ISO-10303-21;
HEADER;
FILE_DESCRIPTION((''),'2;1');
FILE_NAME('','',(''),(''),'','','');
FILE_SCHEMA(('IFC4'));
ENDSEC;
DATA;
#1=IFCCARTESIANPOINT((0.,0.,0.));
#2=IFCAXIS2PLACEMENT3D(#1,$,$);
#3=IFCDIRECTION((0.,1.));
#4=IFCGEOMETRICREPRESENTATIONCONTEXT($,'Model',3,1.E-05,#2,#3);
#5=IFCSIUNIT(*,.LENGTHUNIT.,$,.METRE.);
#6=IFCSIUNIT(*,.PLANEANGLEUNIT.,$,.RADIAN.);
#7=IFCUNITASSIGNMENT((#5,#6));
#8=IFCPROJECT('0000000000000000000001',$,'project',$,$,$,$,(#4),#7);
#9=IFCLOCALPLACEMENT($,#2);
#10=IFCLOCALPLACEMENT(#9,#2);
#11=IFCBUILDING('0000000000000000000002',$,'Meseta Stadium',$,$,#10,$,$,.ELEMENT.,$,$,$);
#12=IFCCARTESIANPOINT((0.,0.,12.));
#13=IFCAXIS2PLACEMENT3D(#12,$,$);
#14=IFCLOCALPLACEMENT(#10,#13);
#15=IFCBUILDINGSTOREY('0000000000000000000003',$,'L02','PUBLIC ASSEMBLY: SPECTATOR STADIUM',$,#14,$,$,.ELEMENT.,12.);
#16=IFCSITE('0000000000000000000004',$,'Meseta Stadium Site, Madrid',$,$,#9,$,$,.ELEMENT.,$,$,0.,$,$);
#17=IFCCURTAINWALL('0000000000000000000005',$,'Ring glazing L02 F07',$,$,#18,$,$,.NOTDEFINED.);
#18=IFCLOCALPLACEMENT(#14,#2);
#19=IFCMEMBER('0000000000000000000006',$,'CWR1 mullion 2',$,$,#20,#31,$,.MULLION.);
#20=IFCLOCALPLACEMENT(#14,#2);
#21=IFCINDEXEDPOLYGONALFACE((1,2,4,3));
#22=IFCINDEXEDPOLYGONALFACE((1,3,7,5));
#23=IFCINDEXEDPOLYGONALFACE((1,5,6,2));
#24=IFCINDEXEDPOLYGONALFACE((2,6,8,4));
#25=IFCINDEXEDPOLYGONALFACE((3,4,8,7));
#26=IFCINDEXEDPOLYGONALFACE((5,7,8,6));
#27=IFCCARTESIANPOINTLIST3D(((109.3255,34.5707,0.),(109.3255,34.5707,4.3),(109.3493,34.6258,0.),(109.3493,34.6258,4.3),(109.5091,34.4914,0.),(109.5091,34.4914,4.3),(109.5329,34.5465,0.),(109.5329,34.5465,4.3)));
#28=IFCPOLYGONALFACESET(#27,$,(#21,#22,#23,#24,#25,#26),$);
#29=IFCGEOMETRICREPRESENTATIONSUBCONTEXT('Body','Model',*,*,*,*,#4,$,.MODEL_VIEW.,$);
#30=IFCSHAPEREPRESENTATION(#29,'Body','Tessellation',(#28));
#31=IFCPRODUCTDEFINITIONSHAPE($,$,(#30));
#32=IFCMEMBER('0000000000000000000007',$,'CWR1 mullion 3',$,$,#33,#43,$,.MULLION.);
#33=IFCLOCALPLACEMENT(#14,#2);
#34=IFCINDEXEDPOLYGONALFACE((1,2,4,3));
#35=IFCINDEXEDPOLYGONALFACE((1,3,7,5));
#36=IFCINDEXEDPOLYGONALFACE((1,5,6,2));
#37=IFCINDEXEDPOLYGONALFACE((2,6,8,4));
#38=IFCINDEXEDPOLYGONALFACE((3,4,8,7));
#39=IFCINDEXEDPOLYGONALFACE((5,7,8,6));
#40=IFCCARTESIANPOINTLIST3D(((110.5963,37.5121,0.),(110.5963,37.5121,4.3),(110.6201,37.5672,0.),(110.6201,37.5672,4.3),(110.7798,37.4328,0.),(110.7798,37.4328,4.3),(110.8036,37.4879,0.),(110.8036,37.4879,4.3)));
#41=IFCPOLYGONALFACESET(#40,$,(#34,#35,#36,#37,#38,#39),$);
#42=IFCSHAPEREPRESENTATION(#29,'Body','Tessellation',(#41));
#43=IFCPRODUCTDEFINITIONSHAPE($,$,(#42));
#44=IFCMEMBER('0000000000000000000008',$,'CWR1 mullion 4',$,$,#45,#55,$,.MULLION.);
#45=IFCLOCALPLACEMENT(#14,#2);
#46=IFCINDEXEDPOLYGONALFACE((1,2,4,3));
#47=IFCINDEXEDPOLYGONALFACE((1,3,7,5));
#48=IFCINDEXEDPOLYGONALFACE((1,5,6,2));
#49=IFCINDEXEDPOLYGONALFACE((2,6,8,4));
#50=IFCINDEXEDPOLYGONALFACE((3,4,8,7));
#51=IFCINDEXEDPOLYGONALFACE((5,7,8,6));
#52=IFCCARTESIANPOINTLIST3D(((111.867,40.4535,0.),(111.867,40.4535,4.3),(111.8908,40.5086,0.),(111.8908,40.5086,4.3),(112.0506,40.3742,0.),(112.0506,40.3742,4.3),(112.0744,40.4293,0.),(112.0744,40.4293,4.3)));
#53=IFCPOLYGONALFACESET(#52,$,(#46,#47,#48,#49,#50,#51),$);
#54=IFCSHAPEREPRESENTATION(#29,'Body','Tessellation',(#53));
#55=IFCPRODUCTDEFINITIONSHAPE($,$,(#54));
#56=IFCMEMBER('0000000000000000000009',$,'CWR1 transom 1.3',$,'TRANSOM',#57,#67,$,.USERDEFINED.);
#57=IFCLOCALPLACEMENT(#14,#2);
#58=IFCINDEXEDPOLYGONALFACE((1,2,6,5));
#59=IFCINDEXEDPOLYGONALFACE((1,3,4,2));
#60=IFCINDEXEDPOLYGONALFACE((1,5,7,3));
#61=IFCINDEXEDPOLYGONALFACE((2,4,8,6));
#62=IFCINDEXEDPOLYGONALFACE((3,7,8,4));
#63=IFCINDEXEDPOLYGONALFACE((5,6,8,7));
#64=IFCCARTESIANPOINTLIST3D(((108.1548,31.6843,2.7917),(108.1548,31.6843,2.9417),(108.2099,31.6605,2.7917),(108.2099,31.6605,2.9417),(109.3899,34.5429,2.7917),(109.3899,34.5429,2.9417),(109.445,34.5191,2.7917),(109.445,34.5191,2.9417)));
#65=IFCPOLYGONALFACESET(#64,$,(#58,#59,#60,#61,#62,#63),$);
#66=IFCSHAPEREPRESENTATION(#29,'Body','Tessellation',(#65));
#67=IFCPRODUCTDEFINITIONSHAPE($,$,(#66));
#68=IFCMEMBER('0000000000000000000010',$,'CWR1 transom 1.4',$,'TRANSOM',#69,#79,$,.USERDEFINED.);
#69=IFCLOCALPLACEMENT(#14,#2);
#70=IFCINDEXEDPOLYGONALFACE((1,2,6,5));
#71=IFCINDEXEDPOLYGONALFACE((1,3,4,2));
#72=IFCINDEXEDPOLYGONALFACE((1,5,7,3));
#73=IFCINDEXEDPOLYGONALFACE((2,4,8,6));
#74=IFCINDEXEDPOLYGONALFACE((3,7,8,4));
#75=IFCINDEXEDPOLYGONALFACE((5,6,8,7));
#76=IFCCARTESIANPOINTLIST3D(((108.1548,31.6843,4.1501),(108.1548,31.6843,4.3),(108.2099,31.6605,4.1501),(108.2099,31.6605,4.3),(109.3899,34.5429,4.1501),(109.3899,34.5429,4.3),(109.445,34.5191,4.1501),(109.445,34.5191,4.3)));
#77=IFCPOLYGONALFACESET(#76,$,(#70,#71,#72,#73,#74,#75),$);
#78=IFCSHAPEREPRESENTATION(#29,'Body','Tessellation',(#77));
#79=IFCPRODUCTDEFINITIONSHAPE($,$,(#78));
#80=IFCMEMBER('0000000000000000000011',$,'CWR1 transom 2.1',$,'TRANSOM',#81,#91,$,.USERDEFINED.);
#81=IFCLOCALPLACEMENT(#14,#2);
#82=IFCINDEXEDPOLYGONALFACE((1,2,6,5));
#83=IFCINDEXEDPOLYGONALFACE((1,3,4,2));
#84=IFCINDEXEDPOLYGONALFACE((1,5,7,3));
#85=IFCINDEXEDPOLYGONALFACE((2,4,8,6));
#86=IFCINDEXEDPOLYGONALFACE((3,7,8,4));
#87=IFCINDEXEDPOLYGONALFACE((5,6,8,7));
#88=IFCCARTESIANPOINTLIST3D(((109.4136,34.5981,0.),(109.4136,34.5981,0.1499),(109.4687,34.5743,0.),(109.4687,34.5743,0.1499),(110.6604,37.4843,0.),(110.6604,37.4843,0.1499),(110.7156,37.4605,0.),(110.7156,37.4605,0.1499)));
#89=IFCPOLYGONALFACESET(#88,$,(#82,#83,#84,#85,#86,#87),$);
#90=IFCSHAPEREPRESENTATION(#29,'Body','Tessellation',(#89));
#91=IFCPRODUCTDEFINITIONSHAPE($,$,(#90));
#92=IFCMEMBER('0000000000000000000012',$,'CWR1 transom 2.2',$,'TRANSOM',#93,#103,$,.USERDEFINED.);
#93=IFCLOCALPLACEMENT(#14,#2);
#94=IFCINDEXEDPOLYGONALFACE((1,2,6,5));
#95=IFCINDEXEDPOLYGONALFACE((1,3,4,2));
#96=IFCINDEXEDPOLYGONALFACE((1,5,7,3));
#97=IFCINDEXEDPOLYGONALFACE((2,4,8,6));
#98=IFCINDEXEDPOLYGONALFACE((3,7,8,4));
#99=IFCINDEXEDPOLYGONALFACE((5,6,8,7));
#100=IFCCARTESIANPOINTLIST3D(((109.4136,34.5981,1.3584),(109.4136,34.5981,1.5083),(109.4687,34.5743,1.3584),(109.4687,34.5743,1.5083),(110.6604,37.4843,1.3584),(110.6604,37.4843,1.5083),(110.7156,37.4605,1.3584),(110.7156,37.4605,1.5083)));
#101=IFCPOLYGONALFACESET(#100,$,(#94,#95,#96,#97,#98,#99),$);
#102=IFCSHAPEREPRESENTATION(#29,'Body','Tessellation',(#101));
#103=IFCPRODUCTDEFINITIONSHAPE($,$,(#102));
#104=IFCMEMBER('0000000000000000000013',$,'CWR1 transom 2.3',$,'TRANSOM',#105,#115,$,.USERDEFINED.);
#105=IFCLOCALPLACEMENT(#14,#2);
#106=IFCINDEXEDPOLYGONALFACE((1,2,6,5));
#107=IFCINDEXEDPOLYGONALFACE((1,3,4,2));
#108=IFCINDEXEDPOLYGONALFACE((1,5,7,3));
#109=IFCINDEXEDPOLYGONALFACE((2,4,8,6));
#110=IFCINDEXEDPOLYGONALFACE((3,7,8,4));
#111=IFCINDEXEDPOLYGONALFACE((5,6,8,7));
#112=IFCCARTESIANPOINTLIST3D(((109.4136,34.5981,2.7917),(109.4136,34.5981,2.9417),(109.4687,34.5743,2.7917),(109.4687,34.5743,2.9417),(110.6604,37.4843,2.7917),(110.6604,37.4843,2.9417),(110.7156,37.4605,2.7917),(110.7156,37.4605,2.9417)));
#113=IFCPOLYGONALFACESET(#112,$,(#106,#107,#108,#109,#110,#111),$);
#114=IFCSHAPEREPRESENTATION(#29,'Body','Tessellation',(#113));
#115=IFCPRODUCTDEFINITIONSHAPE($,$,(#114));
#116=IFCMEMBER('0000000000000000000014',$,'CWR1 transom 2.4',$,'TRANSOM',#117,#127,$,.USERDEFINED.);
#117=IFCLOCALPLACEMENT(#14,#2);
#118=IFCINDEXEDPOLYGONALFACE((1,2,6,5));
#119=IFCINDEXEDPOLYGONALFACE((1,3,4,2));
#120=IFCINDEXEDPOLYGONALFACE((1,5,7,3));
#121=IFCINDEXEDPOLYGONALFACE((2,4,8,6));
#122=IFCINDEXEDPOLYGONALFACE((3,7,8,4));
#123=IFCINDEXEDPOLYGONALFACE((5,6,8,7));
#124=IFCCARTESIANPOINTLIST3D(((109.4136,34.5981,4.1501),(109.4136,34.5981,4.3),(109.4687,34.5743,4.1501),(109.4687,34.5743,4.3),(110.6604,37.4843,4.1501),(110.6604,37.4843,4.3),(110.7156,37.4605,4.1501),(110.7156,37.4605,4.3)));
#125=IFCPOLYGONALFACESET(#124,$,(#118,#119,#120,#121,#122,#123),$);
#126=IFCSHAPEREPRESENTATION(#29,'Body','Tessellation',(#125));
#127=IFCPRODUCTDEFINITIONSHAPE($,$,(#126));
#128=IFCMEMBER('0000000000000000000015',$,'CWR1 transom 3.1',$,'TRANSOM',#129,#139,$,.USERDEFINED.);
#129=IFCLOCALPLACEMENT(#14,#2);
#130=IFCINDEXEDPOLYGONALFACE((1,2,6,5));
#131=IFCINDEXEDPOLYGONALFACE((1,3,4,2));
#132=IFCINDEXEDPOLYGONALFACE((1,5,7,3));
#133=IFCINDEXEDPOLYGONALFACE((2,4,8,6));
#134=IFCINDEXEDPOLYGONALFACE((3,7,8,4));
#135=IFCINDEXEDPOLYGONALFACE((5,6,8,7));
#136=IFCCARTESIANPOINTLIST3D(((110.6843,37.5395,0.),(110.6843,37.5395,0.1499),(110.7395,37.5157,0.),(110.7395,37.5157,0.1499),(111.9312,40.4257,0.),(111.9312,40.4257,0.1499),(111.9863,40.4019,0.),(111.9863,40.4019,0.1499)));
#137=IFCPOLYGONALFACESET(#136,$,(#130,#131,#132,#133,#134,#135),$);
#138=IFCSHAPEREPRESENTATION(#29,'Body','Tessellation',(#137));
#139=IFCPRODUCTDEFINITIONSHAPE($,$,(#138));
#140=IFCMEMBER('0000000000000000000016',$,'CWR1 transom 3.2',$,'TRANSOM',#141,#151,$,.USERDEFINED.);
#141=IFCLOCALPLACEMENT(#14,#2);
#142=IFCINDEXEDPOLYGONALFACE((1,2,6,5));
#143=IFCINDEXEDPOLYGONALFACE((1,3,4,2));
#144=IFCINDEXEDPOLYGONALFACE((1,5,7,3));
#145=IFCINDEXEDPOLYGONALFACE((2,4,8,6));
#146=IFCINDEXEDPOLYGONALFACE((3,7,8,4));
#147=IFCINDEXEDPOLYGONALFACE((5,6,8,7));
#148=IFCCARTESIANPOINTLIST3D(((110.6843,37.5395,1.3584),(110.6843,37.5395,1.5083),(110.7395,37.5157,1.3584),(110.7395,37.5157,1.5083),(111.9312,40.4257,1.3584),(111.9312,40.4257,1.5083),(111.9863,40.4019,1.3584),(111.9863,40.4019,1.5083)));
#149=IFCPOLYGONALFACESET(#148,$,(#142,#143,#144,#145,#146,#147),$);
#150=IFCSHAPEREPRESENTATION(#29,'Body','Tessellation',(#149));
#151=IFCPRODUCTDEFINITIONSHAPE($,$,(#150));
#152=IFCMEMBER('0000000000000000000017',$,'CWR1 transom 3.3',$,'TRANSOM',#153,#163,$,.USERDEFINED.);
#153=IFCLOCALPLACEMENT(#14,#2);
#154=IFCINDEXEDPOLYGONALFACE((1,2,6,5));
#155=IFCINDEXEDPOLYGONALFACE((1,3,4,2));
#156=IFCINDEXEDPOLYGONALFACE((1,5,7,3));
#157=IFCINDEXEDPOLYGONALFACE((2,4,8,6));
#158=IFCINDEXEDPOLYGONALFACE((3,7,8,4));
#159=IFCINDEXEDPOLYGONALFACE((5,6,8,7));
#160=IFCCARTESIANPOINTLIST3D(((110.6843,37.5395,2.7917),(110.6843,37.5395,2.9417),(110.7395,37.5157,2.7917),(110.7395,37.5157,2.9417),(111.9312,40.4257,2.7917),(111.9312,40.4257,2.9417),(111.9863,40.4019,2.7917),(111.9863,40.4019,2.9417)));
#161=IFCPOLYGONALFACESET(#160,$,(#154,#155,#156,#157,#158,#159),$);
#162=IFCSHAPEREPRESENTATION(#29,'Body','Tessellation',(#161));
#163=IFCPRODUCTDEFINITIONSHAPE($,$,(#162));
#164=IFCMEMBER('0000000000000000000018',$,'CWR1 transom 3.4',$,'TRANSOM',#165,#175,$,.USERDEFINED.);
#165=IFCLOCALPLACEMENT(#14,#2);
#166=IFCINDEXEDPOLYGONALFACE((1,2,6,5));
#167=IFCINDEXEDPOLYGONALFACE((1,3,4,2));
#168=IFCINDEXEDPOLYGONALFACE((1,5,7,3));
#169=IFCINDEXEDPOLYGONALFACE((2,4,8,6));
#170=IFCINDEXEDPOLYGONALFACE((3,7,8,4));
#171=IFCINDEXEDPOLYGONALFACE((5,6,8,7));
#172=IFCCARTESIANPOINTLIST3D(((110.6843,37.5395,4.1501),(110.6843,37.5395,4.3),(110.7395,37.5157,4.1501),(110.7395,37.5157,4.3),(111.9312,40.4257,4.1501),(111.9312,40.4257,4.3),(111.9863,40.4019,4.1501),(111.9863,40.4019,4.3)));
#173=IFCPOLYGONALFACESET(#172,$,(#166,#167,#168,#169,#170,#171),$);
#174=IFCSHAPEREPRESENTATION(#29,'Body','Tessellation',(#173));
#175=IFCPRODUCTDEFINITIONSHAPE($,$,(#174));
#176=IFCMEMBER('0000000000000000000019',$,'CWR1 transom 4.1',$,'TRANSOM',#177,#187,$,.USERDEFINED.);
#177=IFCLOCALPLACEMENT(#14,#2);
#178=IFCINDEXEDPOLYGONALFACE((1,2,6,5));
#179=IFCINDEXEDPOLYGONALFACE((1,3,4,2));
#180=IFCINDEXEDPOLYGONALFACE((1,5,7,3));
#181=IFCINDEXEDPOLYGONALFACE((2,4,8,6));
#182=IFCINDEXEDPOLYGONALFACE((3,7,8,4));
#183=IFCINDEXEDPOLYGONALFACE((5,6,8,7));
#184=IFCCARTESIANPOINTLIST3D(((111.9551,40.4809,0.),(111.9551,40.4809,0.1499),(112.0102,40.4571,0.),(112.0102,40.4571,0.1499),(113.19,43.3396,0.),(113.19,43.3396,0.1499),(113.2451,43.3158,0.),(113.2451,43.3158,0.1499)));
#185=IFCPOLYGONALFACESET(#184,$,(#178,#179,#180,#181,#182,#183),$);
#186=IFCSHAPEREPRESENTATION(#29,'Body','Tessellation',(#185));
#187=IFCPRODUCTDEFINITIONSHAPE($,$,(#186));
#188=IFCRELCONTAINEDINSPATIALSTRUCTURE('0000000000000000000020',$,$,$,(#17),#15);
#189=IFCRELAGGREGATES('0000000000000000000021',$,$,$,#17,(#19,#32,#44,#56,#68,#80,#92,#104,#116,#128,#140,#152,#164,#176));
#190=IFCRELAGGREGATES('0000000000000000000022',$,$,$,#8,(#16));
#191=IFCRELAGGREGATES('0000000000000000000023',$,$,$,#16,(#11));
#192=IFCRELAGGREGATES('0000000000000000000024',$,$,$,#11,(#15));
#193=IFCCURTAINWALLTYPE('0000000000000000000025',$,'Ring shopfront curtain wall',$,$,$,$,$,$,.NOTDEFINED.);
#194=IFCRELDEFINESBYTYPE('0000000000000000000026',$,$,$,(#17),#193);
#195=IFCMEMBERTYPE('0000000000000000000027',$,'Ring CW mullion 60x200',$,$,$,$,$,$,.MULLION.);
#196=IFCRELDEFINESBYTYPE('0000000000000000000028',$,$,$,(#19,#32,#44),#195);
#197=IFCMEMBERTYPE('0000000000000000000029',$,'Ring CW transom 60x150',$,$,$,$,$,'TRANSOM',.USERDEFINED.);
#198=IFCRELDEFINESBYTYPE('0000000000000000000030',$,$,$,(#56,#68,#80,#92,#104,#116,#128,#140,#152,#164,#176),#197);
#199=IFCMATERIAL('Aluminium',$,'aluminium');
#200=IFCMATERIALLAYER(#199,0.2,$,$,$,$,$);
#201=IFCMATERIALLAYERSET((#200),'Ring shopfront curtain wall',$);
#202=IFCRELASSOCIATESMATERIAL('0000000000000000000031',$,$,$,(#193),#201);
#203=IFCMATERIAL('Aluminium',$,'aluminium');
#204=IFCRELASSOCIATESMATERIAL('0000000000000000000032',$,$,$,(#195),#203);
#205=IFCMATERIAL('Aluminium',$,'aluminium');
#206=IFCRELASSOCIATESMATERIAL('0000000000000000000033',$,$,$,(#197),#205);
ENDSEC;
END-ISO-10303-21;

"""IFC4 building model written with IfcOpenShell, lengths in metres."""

from ifc_helpers import new_model, si_unit, direction, frame, origin, origin_2d, place, context, subcontext, project, spatial, rectangle, extrude, material, layer, layer_set, material_profile, profile_set, type_object, element, aggregate, save


model = new_model("IFC4")

# Units and contexts
model_context = context("Model", 3, precision=1e-05, world=origin(), true_north=direction((0.0, 1.0)))
body_context = subcontext(model_context, "Body", "Model", "MODEL_VIEW")
ifc_project = project(units=[si_unit("LENGTHUNIT", "METRE"), si_unit("PLANEANGLEUNIT", "RADIAN")], contexts=[model_context])

# Site, building, storey
site_placement = place(None, origin())
site = spatial("IfcSite", under=ifc_project, at=site_placement, Name="Meseta Stadium Site, Madrid", CompositionType="ELEMENT", RefElevation=0.0)
building_placement = place(site_placement, origin())
building = spatial("IfcBuilding", under=site, at=building_placement, Name="Meseta Stadium", CompositionType="ELEMENT")
storey_placement = place(building_placement, frame((0.0, 0.0, 12.0)))
storey = spatial("IfcBuildingStorey", under=building, at=storey_placement, Name="L02", Description="PUBLIC ASSEMBLY: SPECTATOR STADIUM", CompositionType="ELEMENT", Elevation=12.0)

# Curtain wall, members
ifc_material_1 = material(Name="Aluminium", Category="aluminium")
ifc_layer_1 = layer(ifc_material_1, 0.2)
ifc_layer_set_1 = layer_set([ifc_layer_1], Name="Ring shopfront curtain wall")
curtain_wall_type = type_object("IfcCurtainWallType", Name="Ring shopfront curtain wall", PredefinedType="NOTDEFINED", material=ifc_layer_set_1)
curtain_wall_placement = place(storey_placement, origin())
curtain_wall = element("IfcCurtainWall", 1, at=curtain_wall_placement, inside=storey, type_object=curtain_wall_type, Name="Ring glazing L02 F07", PredefinedType="NOTDEFINED")
ifc_material_2 = material(Name="Aluminium", Category="aluminium")
ifc_material_profile_1 = material_profile(ifc_material_2, rectangle(XDim=0.2, YDim=0.0601, at=origin_2d()), Name="CW 200x60")
ifc_profile_set_1 = profile_set([ifc_material_profile_1], Name="Aluminium")
member_type_1 = type_object("IfcMemberType", Name="Ring CW mullion 60x200", PredefinedType="MULLION", material=ifc_profile_set_1)
member_1_placement = place(storey_placement, frame((109.4292, 34.5586, 0.0), z_axis=(0.0, 0.0, 1.0), x_axis=(-0.918, 0.396581, 0.0)))
member_1 = element("IfcMember", 2, at=member_1_placement, type_object=member_type_1, Name="CWR1 mullion 2", PredefinedType="MULLION", context=body_context, shape_type="SweptSolid", body=[
    extrude(rectangle(XDim=0.2, YDim=0.0601, at=origin_2d()), origin(), (0.0, 0.0, 1.0), 4.3),
])
member_2_placement = place(storey_placement, frame((110.7, 37.5, 0.0), z_axis=(0.0, 0.0, 1.0), x_axis=(-0.918, 0.396581, 0.0)))
member_2 = element("IfcMember", 3, at=member_2_placement, type_object=member_type_1, Name="CWR1 mullion 3", PredefinedType="MULLION", context=body_context, shape_type="SweptSolid", body=[
    extrude(rectangle(XDim=0.2, YDim=0.0601, at=origin_2d()), origin(), (0.0, 0.0, 1.0), 4.3),
])
member_3_placement = place(storey_placement, frame((111.9707, 40.4414, 0.0), z_axis=(0.0, 0.0, 1.0), x_axis=(-0.918, 0.396581, 0.0)))
member_3 = element("IfcMember", 4, at=member_3_placement, type_object=member_type_1, Name="CWR1 mullion 4", PredefinedType="MULLION", context=body_context, shape_type="SweptSolid", body=[
    extrude(rectangle(XDim=0.2, YDim=0.0601, at=origin_2d()), origin(), (0.0, 0.0, 1.0), 4.3),
])
ifc_material_3 = material(Name="Aluminium", Category="aluminium")
ifc_material_profile_2 = material_profile(ifc_material_3, rectangle(XDim=0.0601, YDim=0.1499, at=origin_2d()), Name="CW 60x150")
ifc_profile_set_2 = profile_set([ifc_material_profile_2], Name="Aluminium")
member_type_2 = type_object("IfcMemberType", Name="Ring CW transom 60x150", ElementType="TRANSOM", PredefinedType="USERDEFINED", material=ifc_profile_set_2)
member_4_placement = place(storey_placement, frame((108.1824, 31.6724, 2.8667), z_axis=(0.396624, 0.917981, 0.0), x_axis=(-0.917981, 0.396624, 0.0)))
member_4 = element("IfcMember", 5, at=member_4_placement, type_object=member_type_2, Name="CWR1 transom 1.3", ObjectType="TRANSOM", PredefinedType="USERDEFINED", context=body_context, shape_type="SweptSolid", body=[
    extrude(rectangle(XDim=0.0601, YDim=0.1499, at=origin_2d()), origin(), (0.0, 0.0, 1.0), 3.114),
])
member_5_placement = place(storey_placement, frame((108.1824, 31.6724, 4.2251), z_axis=(0.396624, 0.917981, 0.0), x_axis=(-0.917981, 0.396624, 0.0)))
member_5 = element("IfcMember", 6, at=member_5_placement, type_object=member_type_2, Name="CWR1 transom 1.4", ObjectType="TRANSOM", PredefinedType="USERDEFINED", context=body_context, shape_type="SweptSolid", body=[
    extrude(rectangle(XDim=0.0601, YDim=0.1499, at=origin_2d()), origin(), (0.0, 0.0, 1.0), 3.114),
])
member_6_placement = place(storey_placement, frame((109.4412, 34.5862, 0.075), z_axis=(0.39657, 0.918005, 0.0), x_axis=(-0.918005, 0.39657, 0.0)))
member_6 = element("IfcMember", 7, at=member_6_placement, type_object=member_type_2, Name="CWR1 transom 2.1", ObjectType="TRANSOM", PredefinedType="USERDEFINED", context=body_context, shape_type="SweptSolid", body=[
    extrude(rectangle(XDim=0.0601, YDim=0.1499, at=origin_2d()), origin(), (0.0, 0.0, 1.0), 3.144),
])
member_7_placement = place(storey_placement, frame((109.4412, 34.5862, 1.4333), z_axis=(0.39657, 0.918005, 0.0), x_axis=(-0.918005, 0.39657, 0.0)))
member_7 = element("IfcMember", 8, at=member_7_placement, type_object=member_type_2, Name="CWR1 transom 2.2", ObjectType="TRANSOM", PredefinedType="USERDEFINED", context=body_context, shape_type="SweptSolid", body=[
    extrude(rectangle(XDim=0.0601, YDim=0.1499, at=origin_2d()), origin(), (0.0, 0.0, 1.0), 3.144),
])
member_8_placement = place(storey_placement, frame((109.4412, 34.5862, 2.8667), z_axis=(0.39657, 0.918005, 0.0), x_axis=(-0.918005, 0.39657, 0.0)))
member_8 = element("IfcMember", 9, at=member_8_placement, type_object=member_type_2, Name="CWR1 transom 2.3", ObjectType="TRANSOM", PredefinedType="USERDEFINED", context=body_context, shape_type="SweptSolid", body=[
    extrude(rectangle(XDim=0.0601, YDim=0.1499, at=origin_2d()), origin(), (0.0, 0.0, 1.0), 3.144),
])
member_9_placement = place(storey_placement, frame((109.4412, 34.5862, 4.2251), z_axis=(0.39657, 0.918005, 0.0), x_axis=(-0.918005, 0.39657, 0.0)))
member_9 = element("IfcMember", 10, at=member_9_placement, type_object=member_type_2, Name="CWR1 transom 2.4", ObjectType="TRANSOM", PredefinedType="USERDEFINED", context=body_context, shape_type="SweptSolid", body=[
    extrude(rectangle(XDim=0.0601, YDim=0.1499, at=origin_2d()), origin(), (0.0, 0.0, 1.0), 3.144),
])
member_10_placement = place(storey_placement, frame((110.7119, 37.5276, 0.075), z_axis=(0.39657, 0.918005, 0.0), x_axis=(-0.918005, 0.39657, 0.0)))
member_10 = element("IfcMember", 11, at=member_10_placement, type_object=member_type_2, Name="CWR1 transom 3.1", ObjectType="TRANSOM", PredefinedType="USERDEFINED", context=body_context, shape_type="SweptSolid", body=[
    extrude(rectangle(XDim=0.0601, YDim=0.1499, at=origin_2d()), origin(), (0.0, 0.0, 1.0), 3.144),
])
member_11_placement = place(storey_placement, frame((110.7119, 37.5276, 1.4333), z_axis=(0.39657, 0.918005, 0.0), x_axis=(-0.918005, 0.39657, 0.0)))
member_11 = element("IfcMember", 12, at=member_11_placement, type_object=member_type_2, Name="CWR1 transom 3.2", ObjectType="TRANSOM", PredefinedType="USERDEFINED", context=body_context, shape_type="SweptSolid", body=[
    extrude(rectangle(XDim=0.0601, YDim=0.1499, at=origin_2d()), origin(), (0.0, 0.0, 1.0), 3.144),
])
member_12_placement = place(storey_placement, frame((110.7119, 37.5276, 2.8667), z_axis=(0.39657, 0.918005, 0.0), x_axis=(-0.918005, 0.39657, 0.0)))
member_12 = element("IfcMember", 13, at=member_12_placement, type_object=member_type_2, Name="CWR1 transom 3.3", ObjectType="TRANSOM", PredefinedType="USERDEFINED", context=body_context, shape_type="SweptSolid", body=[
    extrude(rectangle(XDim=0.0601, YDim=0.1499, at=origin_2d()), origin(), (0.0, 0.0, 1.0), 3.144),
])
member_13_placement = place(storey_placement, frame((110.7119, 37.5276, 4.2251), z_axis=(0.39657, 0.918005, 0.0), x_axis=(-0.918005, 0.39657, 0.0)))
member_13 = element("IfcMember", 14, at=member_13_placement, type_object=member_type_2, Name="CWR1 transom 3.4", ObjectType="TRANSOM", PredefinedType="USERDEFINED", context=body_context, shape_type="SweptSolid", body=[
    extrude(rectangle(XDim=0.0601, YDim=0.1499, at=origin_2d()), origin(), (0.0, 0.0, 1.0), 3.144),
])
member_14_placement = place(storey_placement, frame((111.9827, 40.469, 0.075), z_axis=(0.396558, 0.91801, 0.0), x_axis=(-0.91801, 0.396558, 0.0)))
member_14 = element("IfcMember", 15, at=member_14_placement, type_object=member_type_2, Name="CWR1 transom 4.1", ObjectType="TRANSOM", PredefinedType="USERDEFINED", context=body_context, shape_type="SweptSolid", body=[
    extrude(rectangle(XDim=0.0601, YDim=0.1499, at=origin_2d()), origin(), (0.0, 0.0, 1.0), 3.114),
])
aggregate(curtain_wall, [member_1, member_2, member_3, member_4, member_5, member_6, member_7, member_8, member_9, member_10, member_11, member_12, member_13, member_14])

save(model, "model.ifc")
